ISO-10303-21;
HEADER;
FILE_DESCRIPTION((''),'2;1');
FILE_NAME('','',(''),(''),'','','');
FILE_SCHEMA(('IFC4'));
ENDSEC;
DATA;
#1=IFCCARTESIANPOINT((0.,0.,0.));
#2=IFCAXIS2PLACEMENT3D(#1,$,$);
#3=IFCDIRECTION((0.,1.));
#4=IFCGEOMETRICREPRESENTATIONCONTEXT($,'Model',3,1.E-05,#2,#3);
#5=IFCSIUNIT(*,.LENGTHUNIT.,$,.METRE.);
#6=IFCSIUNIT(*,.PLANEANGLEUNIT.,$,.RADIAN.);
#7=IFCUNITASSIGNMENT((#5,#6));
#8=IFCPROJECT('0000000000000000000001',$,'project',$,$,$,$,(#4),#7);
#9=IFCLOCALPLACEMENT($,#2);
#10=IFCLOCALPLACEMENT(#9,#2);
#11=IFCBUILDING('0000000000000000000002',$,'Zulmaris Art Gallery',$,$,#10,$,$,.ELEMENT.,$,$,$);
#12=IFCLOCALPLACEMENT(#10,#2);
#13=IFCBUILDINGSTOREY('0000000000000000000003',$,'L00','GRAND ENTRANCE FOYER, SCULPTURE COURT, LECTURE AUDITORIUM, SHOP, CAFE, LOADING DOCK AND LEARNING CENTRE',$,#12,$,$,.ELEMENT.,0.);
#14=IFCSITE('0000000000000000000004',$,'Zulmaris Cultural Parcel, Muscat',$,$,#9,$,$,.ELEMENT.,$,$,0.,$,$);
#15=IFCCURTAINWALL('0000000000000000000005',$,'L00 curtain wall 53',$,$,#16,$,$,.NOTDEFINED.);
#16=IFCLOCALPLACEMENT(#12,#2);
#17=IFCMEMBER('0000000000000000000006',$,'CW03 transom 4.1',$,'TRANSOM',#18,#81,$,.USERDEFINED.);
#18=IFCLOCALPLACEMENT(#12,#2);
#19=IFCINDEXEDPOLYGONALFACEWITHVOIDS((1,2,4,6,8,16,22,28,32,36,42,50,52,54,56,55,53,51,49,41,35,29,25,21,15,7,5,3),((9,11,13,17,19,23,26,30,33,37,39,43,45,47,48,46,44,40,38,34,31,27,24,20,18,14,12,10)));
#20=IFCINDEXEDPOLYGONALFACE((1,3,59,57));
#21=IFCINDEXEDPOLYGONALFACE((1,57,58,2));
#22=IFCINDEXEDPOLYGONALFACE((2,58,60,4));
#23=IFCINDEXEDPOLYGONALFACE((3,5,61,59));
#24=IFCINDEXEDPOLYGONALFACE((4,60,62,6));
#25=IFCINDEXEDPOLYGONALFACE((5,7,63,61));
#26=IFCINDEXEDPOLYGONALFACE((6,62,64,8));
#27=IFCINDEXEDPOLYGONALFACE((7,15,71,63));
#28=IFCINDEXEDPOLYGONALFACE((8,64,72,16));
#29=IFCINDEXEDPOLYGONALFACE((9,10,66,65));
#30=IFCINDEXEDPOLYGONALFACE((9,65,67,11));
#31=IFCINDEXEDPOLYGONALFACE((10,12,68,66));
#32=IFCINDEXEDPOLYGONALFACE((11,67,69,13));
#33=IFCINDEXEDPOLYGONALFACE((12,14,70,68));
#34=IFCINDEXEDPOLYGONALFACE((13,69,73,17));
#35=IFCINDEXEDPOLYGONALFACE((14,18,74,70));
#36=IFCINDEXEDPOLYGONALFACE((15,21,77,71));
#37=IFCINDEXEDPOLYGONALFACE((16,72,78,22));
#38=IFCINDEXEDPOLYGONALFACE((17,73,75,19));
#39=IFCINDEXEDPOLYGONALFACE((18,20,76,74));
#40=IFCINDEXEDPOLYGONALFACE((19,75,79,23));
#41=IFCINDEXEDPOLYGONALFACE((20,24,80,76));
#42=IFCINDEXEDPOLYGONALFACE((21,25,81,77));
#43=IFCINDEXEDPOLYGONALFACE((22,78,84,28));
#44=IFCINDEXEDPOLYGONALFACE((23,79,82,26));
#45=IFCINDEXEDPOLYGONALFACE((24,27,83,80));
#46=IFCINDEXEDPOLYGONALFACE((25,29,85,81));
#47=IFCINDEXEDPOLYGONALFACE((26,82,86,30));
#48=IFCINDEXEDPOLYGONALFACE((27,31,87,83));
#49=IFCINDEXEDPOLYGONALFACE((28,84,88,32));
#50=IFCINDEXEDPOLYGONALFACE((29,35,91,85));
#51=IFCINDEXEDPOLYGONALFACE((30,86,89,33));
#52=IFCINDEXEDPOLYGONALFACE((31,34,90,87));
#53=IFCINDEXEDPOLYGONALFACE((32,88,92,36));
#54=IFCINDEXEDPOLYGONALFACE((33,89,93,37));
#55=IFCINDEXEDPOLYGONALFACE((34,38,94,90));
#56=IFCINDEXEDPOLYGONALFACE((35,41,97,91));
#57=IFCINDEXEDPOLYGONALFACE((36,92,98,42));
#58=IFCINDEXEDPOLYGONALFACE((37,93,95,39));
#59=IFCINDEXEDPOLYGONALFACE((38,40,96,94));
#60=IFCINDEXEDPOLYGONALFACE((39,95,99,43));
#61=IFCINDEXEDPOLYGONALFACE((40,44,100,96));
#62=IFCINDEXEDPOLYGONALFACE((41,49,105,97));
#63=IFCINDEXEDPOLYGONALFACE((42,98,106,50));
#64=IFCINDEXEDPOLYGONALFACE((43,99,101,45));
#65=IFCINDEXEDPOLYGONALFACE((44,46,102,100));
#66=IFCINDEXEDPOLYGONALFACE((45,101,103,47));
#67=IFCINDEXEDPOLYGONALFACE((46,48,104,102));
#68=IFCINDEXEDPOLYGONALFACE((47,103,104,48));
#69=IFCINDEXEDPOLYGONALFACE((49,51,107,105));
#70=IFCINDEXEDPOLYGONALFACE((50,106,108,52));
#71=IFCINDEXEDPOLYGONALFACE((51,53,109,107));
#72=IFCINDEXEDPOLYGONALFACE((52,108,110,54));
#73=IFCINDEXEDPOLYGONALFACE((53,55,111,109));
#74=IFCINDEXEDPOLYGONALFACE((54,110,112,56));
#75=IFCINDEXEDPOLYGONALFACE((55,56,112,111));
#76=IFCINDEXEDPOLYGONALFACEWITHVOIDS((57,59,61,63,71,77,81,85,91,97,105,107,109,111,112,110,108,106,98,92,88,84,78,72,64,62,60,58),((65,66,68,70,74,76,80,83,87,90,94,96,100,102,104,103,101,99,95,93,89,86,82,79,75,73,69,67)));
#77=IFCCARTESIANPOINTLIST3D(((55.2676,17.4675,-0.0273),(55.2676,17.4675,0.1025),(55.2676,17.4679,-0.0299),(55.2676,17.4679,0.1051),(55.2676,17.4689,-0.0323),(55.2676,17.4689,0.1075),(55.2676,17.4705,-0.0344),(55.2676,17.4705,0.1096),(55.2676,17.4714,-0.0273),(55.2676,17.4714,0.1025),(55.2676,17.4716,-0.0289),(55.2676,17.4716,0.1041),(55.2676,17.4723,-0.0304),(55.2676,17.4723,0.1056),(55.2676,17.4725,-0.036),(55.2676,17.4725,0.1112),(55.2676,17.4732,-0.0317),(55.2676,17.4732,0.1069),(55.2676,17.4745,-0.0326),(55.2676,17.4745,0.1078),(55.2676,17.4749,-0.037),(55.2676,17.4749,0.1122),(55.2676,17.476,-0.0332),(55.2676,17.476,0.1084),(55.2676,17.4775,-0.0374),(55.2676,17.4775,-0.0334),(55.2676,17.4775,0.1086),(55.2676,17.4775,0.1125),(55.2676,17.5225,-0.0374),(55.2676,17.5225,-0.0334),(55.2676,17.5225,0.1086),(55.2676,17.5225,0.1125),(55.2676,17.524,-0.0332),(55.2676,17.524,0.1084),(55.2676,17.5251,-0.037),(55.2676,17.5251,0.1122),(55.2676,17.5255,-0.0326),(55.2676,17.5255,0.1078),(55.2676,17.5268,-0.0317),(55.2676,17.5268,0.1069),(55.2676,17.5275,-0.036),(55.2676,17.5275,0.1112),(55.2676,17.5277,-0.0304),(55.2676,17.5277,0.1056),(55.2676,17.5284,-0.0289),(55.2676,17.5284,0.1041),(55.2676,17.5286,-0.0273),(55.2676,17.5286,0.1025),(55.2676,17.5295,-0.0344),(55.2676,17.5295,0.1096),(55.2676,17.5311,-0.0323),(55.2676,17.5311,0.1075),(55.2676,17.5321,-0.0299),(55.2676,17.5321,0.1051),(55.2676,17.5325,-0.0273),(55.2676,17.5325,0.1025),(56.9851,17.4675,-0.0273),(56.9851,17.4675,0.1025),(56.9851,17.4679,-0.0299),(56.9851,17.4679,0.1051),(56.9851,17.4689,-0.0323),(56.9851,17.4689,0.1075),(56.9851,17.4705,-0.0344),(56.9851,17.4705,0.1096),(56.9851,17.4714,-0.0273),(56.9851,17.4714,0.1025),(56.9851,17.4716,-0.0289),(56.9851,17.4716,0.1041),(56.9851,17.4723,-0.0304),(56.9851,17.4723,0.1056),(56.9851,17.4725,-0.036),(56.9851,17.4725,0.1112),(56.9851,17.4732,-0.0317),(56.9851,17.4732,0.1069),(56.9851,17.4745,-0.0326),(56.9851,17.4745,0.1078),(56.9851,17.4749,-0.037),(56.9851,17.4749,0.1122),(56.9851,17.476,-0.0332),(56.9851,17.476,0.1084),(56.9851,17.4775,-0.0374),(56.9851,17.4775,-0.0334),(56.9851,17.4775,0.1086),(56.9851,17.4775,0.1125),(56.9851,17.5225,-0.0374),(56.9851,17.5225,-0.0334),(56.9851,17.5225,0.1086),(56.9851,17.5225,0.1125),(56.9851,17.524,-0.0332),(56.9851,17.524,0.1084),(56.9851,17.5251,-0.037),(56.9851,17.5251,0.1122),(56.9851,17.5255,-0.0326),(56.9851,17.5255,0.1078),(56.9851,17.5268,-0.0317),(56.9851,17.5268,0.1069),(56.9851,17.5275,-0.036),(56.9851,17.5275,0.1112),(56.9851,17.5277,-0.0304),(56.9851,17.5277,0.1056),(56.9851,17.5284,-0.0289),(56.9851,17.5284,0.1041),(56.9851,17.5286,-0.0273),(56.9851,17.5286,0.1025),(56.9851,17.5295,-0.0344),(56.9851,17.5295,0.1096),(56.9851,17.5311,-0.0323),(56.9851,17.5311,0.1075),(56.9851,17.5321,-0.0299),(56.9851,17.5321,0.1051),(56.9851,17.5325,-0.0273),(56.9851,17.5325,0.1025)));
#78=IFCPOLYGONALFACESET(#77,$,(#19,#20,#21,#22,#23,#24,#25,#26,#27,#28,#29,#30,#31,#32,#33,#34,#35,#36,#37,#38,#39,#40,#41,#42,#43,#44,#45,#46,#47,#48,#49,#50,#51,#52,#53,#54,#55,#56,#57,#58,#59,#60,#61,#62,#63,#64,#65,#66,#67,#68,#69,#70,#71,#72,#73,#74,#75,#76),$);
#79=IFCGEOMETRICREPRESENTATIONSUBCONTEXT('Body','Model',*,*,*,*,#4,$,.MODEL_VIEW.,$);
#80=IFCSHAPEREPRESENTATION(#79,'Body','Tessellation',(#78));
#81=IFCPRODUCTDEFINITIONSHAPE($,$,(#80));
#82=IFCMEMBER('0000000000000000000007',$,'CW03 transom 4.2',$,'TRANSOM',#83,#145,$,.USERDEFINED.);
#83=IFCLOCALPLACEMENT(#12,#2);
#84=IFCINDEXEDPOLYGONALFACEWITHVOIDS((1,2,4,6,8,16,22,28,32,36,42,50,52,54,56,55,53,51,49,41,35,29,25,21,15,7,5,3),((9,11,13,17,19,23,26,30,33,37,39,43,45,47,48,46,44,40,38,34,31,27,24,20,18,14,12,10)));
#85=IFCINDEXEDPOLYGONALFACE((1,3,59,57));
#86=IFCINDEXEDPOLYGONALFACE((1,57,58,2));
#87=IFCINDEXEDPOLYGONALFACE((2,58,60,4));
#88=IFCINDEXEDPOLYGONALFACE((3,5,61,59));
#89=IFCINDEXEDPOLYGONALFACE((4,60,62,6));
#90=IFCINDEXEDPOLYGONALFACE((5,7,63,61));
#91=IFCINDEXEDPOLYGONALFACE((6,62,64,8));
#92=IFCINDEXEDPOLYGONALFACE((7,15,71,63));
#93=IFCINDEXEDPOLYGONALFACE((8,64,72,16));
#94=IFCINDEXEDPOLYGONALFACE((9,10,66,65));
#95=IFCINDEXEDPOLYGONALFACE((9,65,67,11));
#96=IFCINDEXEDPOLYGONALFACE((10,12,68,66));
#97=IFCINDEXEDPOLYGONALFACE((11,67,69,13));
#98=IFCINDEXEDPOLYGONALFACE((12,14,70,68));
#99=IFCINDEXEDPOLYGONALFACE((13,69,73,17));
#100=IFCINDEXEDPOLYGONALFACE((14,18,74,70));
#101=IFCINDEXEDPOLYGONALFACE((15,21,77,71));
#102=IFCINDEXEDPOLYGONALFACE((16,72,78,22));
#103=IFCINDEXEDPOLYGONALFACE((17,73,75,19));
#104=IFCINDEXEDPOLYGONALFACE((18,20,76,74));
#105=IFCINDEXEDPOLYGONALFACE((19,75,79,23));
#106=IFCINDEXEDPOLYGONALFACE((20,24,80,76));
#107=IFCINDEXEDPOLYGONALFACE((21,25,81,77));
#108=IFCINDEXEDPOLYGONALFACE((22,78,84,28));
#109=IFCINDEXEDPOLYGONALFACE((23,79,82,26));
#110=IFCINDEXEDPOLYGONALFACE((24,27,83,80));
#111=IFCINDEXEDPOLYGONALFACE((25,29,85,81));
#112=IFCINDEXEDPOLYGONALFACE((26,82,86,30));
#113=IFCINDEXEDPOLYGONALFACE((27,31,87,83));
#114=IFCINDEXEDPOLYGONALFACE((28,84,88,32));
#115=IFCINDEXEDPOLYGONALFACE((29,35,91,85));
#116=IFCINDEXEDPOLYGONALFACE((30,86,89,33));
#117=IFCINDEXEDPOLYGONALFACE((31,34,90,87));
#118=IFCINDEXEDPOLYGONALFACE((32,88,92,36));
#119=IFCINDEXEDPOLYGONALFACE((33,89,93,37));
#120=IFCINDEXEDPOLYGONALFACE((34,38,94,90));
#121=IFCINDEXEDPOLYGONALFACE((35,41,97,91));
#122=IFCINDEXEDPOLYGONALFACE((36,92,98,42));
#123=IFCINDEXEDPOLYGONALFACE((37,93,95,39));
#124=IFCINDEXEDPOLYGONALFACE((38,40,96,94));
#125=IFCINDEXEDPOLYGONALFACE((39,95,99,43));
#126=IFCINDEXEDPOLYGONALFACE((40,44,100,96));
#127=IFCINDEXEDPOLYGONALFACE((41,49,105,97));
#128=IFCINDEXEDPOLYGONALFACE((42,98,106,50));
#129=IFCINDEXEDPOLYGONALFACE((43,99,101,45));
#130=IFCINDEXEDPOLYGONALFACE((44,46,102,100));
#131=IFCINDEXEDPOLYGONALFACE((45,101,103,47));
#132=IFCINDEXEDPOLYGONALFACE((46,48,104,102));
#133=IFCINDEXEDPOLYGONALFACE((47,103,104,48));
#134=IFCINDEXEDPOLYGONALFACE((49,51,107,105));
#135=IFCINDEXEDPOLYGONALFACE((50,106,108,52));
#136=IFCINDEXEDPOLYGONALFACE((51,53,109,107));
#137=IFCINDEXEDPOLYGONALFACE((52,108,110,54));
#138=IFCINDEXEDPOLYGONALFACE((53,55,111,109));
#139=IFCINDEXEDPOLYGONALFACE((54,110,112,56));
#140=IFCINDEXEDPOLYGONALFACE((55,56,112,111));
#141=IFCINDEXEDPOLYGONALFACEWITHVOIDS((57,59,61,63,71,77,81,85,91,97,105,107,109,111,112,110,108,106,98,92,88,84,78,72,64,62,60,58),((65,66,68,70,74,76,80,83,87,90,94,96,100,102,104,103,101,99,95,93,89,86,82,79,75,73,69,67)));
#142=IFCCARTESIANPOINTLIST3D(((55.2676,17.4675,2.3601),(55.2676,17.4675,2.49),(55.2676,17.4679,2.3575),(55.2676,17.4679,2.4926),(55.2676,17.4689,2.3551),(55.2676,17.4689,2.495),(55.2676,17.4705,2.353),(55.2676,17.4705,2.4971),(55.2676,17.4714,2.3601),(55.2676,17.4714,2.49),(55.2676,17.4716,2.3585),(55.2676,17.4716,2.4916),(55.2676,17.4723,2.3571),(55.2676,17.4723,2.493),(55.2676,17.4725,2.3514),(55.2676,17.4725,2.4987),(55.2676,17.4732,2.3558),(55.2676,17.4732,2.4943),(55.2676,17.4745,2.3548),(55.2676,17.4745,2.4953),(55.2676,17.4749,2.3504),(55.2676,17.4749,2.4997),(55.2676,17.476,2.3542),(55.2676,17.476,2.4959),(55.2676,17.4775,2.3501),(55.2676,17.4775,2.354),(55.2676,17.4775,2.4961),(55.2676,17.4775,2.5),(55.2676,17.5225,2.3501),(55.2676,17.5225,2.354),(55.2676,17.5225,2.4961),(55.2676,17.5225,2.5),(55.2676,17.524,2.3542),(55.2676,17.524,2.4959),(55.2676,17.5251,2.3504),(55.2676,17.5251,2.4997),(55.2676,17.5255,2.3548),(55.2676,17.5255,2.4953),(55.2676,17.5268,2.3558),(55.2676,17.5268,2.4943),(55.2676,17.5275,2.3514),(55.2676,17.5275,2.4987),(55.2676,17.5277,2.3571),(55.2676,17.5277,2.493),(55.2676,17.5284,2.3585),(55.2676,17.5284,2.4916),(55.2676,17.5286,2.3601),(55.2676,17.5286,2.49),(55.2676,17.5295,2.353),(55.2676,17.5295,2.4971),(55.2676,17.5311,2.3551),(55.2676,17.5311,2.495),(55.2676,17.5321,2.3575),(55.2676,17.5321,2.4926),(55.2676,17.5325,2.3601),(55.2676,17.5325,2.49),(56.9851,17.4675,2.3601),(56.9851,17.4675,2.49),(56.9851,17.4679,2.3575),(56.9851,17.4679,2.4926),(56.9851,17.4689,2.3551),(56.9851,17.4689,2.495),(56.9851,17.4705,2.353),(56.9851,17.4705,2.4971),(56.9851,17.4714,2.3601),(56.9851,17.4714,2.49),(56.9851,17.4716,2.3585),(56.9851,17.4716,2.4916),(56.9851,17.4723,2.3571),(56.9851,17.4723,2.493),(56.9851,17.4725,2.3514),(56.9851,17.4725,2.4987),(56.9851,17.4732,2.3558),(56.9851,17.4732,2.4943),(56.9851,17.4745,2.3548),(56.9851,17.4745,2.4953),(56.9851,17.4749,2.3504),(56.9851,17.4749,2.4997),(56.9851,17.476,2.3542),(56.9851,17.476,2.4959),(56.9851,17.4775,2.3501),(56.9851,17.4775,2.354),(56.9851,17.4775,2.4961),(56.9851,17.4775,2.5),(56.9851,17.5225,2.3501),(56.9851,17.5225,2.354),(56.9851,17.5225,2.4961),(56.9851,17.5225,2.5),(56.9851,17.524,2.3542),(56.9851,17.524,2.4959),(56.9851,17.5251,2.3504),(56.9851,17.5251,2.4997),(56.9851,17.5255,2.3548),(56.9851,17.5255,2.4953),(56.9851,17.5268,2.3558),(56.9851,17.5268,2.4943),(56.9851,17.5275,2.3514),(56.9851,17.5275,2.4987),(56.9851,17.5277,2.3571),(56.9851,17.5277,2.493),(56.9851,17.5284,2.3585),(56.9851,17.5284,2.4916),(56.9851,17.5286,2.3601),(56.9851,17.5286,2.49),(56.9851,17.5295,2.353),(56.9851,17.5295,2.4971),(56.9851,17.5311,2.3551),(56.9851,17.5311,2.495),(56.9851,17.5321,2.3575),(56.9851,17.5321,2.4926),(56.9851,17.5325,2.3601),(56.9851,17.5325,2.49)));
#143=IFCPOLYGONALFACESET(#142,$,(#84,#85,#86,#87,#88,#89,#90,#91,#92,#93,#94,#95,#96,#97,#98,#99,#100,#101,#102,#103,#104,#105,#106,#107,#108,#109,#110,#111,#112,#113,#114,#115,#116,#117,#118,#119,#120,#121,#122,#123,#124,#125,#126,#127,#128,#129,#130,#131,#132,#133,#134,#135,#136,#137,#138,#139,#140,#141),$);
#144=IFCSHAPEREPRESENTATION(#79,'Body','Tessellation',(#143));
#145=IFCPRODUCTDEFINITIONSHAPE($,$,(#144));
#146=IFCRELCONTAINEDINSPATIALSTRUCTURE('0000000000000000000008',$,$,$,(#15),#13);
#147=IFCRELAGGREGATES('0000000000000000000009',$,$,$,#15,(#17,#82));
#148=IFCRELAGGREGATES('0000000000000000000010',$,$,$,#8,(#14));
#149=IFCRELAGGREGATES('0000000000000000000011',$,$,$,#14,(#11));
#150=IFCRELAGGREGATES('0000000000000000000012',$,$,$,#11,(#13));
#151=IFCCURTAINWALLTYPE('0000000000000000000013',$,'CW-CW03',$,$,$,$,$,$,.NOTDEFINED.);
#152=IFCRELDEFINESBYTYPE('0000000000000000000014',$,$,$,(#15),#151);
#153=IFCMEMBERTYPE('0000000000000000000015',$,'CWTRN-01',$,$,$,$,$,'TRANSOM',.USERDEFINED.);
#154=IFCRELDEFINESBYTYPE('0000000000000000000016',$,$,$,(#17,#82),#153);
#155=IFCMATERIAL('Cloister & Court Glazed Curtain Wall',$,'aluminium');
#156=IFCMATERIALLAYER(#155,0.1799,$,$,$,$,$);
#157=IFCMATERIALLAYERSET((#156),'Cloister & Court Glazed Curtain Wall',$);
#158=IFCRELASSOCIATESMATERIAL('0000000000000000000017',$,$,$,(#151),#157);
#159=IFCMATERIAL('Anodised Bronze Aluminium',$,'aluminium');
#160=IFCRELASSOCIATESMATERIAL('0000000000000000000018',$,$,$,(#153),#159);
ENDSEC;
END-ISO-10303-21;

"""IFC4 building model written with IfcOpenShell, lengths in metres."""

from ifc_helpers import new_model, si_unit, direction, frame, origin, origin_2d, place, context, subcontext, project, spatial, hollow_rectangle, extrude, material, layer, layer_set, material_profile, profile_set, type_object, element, aggregate, save


model = new_model("IFC4")

# Units and contexts
model_context = context("Model", 3, precision=1e-05, world=origin(), true_north=direction((0.0, 1.0)))
body_context = subcontext(model_context, "Body", "Model", "MODEL_VIEW")
ifc_project = project(units=[si_unit("LENGTHUNIT", "METRE"), si_unit("PLANEANGLEUNIT", "RADIAN")], contexts=[model_context])

# Site, building, storey
site_placement = place(None, origin())
site = spatial("IfcSite", under=ifc_project, at=site_placement, Name="Zulmaris Cultural Parcel, Muscat", CompositionType="ELEMENT", RefElevation=0.0)
building_placement = place(site_placement, origin())
building = spatial("IfcBuilding", under=site, at=building_placement, Name="Zulmaris Art Gallery", CompositionType="ELEMENT")
storey_placement = place(building_placement, origin())
storey = spatial("IfcBuildingStorey", under=building, at=storey_placement, Name="L00", Description="GRAND ENTRANCE FOYER, SCULPTURE COURT, LECTURE AUDITORIUM, SHOP, CAFE, LOADING DOCK AND LEARNING CENTRE", CompositionType="ELEMENT", Elevation=0.0)

# Curtain wall, members
ifc_material_1 = material(Name="Cloister & Court Glazed Curtain Wall", Category="aluminium")
ifc_layer_1 = layer(ifc_material_1, 0.1799)
ifc_layer_set_1 = layer_set([ifc_layer_1], Name="Cloister & Court Glazed Curtain Wall")
curtain_wall_type = type_object("IfcCurtainWallType", Name="CW-CW03", PredefinedType="NOTDEFINED", material=ifc_layer_set_1)
curtain_wall_placement = place(storey_placement, origin())
curtain_wall = element("IfcCurtainWall", 1, at=curtain_wall_placement, inside=storey, type_object=curtain_wall_type, Name="L00 curtain wall 53", PredefinedType="NOTDEFINED")
ifc_material_2 = material(Name="Anodised Bronze Aluminium", Category="aluminium")
ifc_material_profile_1 = material_profile(ifc_material_2, hollow_rectangle(XDim=0.0649, YDim=0.1499, WallThickness=0.0039, InnerFilletRadius=0.0061, OuterFilletRadius=0.01, at=origin_2d()), Name="ALU 65x150x4")
ifc_profile_set_1 = profile_set([ifc_material_profile_1], Name="Anodised Bronze Aluminium")
member_type_1 = type_object("IfcMemberType", Name="CWTRN-01", ElementType="TRANSOM", PredefinedType="USERDEFINED", material=ifc_profile_set_1)
member_1_placement = place(storey_placement, frame((55.2676, 17.5, 0.0376), z_axis=(1.0, 0.0, 0.0), x_axis=(0.0, 1.0, 0.0)))
member_1 = element("IfcMember", 2, at=member_1_placement, type_object=member_type_1, Name="CW03 transom 4.1", ObjectType="TRANSOM", PredefinedType="USERDEFINED", context=body_context, shape_type="SweptSolid", body=[
    extrude(hollow_rectangle(XDim=0.0649, YDim=0.1499, WallThickness=0.0039, InnerFilletRadius=0.0061, OuterFilletRadius=0.01, at=origin_2d()), origin(), (0.0, 0.0, 1.0), 1.7175),
])
member_2_placement = place(storey_placement, frame((55.2676, 17.5, 2.425), z_axis=(1.0, 0.0, 0.0), x_axis=(0.0, 1.0, 0.0)))
member_2 = element("IfcMember", 3, at=member_2_placement, type_object=member_type_1, Name="CW03 transom 4.2", ObjectType="TRANSOM", PredefinedType="USERDEFINED", context=body_context, shape_type="SweptSolid", body=[
    extrude(hollow_rectangle(XDim=0.0649, YDim=0.1499, WallThickness=0.0039, InnerFilletRadius=0.0061, OuterFilletRadius=0.01, at=origin_2d()), origin(), (0.0, 0.0, 1.0), 1.7175),
])
aggregate(curtain_wall, [member_1, member_2])

save(model, "model.ifc")
